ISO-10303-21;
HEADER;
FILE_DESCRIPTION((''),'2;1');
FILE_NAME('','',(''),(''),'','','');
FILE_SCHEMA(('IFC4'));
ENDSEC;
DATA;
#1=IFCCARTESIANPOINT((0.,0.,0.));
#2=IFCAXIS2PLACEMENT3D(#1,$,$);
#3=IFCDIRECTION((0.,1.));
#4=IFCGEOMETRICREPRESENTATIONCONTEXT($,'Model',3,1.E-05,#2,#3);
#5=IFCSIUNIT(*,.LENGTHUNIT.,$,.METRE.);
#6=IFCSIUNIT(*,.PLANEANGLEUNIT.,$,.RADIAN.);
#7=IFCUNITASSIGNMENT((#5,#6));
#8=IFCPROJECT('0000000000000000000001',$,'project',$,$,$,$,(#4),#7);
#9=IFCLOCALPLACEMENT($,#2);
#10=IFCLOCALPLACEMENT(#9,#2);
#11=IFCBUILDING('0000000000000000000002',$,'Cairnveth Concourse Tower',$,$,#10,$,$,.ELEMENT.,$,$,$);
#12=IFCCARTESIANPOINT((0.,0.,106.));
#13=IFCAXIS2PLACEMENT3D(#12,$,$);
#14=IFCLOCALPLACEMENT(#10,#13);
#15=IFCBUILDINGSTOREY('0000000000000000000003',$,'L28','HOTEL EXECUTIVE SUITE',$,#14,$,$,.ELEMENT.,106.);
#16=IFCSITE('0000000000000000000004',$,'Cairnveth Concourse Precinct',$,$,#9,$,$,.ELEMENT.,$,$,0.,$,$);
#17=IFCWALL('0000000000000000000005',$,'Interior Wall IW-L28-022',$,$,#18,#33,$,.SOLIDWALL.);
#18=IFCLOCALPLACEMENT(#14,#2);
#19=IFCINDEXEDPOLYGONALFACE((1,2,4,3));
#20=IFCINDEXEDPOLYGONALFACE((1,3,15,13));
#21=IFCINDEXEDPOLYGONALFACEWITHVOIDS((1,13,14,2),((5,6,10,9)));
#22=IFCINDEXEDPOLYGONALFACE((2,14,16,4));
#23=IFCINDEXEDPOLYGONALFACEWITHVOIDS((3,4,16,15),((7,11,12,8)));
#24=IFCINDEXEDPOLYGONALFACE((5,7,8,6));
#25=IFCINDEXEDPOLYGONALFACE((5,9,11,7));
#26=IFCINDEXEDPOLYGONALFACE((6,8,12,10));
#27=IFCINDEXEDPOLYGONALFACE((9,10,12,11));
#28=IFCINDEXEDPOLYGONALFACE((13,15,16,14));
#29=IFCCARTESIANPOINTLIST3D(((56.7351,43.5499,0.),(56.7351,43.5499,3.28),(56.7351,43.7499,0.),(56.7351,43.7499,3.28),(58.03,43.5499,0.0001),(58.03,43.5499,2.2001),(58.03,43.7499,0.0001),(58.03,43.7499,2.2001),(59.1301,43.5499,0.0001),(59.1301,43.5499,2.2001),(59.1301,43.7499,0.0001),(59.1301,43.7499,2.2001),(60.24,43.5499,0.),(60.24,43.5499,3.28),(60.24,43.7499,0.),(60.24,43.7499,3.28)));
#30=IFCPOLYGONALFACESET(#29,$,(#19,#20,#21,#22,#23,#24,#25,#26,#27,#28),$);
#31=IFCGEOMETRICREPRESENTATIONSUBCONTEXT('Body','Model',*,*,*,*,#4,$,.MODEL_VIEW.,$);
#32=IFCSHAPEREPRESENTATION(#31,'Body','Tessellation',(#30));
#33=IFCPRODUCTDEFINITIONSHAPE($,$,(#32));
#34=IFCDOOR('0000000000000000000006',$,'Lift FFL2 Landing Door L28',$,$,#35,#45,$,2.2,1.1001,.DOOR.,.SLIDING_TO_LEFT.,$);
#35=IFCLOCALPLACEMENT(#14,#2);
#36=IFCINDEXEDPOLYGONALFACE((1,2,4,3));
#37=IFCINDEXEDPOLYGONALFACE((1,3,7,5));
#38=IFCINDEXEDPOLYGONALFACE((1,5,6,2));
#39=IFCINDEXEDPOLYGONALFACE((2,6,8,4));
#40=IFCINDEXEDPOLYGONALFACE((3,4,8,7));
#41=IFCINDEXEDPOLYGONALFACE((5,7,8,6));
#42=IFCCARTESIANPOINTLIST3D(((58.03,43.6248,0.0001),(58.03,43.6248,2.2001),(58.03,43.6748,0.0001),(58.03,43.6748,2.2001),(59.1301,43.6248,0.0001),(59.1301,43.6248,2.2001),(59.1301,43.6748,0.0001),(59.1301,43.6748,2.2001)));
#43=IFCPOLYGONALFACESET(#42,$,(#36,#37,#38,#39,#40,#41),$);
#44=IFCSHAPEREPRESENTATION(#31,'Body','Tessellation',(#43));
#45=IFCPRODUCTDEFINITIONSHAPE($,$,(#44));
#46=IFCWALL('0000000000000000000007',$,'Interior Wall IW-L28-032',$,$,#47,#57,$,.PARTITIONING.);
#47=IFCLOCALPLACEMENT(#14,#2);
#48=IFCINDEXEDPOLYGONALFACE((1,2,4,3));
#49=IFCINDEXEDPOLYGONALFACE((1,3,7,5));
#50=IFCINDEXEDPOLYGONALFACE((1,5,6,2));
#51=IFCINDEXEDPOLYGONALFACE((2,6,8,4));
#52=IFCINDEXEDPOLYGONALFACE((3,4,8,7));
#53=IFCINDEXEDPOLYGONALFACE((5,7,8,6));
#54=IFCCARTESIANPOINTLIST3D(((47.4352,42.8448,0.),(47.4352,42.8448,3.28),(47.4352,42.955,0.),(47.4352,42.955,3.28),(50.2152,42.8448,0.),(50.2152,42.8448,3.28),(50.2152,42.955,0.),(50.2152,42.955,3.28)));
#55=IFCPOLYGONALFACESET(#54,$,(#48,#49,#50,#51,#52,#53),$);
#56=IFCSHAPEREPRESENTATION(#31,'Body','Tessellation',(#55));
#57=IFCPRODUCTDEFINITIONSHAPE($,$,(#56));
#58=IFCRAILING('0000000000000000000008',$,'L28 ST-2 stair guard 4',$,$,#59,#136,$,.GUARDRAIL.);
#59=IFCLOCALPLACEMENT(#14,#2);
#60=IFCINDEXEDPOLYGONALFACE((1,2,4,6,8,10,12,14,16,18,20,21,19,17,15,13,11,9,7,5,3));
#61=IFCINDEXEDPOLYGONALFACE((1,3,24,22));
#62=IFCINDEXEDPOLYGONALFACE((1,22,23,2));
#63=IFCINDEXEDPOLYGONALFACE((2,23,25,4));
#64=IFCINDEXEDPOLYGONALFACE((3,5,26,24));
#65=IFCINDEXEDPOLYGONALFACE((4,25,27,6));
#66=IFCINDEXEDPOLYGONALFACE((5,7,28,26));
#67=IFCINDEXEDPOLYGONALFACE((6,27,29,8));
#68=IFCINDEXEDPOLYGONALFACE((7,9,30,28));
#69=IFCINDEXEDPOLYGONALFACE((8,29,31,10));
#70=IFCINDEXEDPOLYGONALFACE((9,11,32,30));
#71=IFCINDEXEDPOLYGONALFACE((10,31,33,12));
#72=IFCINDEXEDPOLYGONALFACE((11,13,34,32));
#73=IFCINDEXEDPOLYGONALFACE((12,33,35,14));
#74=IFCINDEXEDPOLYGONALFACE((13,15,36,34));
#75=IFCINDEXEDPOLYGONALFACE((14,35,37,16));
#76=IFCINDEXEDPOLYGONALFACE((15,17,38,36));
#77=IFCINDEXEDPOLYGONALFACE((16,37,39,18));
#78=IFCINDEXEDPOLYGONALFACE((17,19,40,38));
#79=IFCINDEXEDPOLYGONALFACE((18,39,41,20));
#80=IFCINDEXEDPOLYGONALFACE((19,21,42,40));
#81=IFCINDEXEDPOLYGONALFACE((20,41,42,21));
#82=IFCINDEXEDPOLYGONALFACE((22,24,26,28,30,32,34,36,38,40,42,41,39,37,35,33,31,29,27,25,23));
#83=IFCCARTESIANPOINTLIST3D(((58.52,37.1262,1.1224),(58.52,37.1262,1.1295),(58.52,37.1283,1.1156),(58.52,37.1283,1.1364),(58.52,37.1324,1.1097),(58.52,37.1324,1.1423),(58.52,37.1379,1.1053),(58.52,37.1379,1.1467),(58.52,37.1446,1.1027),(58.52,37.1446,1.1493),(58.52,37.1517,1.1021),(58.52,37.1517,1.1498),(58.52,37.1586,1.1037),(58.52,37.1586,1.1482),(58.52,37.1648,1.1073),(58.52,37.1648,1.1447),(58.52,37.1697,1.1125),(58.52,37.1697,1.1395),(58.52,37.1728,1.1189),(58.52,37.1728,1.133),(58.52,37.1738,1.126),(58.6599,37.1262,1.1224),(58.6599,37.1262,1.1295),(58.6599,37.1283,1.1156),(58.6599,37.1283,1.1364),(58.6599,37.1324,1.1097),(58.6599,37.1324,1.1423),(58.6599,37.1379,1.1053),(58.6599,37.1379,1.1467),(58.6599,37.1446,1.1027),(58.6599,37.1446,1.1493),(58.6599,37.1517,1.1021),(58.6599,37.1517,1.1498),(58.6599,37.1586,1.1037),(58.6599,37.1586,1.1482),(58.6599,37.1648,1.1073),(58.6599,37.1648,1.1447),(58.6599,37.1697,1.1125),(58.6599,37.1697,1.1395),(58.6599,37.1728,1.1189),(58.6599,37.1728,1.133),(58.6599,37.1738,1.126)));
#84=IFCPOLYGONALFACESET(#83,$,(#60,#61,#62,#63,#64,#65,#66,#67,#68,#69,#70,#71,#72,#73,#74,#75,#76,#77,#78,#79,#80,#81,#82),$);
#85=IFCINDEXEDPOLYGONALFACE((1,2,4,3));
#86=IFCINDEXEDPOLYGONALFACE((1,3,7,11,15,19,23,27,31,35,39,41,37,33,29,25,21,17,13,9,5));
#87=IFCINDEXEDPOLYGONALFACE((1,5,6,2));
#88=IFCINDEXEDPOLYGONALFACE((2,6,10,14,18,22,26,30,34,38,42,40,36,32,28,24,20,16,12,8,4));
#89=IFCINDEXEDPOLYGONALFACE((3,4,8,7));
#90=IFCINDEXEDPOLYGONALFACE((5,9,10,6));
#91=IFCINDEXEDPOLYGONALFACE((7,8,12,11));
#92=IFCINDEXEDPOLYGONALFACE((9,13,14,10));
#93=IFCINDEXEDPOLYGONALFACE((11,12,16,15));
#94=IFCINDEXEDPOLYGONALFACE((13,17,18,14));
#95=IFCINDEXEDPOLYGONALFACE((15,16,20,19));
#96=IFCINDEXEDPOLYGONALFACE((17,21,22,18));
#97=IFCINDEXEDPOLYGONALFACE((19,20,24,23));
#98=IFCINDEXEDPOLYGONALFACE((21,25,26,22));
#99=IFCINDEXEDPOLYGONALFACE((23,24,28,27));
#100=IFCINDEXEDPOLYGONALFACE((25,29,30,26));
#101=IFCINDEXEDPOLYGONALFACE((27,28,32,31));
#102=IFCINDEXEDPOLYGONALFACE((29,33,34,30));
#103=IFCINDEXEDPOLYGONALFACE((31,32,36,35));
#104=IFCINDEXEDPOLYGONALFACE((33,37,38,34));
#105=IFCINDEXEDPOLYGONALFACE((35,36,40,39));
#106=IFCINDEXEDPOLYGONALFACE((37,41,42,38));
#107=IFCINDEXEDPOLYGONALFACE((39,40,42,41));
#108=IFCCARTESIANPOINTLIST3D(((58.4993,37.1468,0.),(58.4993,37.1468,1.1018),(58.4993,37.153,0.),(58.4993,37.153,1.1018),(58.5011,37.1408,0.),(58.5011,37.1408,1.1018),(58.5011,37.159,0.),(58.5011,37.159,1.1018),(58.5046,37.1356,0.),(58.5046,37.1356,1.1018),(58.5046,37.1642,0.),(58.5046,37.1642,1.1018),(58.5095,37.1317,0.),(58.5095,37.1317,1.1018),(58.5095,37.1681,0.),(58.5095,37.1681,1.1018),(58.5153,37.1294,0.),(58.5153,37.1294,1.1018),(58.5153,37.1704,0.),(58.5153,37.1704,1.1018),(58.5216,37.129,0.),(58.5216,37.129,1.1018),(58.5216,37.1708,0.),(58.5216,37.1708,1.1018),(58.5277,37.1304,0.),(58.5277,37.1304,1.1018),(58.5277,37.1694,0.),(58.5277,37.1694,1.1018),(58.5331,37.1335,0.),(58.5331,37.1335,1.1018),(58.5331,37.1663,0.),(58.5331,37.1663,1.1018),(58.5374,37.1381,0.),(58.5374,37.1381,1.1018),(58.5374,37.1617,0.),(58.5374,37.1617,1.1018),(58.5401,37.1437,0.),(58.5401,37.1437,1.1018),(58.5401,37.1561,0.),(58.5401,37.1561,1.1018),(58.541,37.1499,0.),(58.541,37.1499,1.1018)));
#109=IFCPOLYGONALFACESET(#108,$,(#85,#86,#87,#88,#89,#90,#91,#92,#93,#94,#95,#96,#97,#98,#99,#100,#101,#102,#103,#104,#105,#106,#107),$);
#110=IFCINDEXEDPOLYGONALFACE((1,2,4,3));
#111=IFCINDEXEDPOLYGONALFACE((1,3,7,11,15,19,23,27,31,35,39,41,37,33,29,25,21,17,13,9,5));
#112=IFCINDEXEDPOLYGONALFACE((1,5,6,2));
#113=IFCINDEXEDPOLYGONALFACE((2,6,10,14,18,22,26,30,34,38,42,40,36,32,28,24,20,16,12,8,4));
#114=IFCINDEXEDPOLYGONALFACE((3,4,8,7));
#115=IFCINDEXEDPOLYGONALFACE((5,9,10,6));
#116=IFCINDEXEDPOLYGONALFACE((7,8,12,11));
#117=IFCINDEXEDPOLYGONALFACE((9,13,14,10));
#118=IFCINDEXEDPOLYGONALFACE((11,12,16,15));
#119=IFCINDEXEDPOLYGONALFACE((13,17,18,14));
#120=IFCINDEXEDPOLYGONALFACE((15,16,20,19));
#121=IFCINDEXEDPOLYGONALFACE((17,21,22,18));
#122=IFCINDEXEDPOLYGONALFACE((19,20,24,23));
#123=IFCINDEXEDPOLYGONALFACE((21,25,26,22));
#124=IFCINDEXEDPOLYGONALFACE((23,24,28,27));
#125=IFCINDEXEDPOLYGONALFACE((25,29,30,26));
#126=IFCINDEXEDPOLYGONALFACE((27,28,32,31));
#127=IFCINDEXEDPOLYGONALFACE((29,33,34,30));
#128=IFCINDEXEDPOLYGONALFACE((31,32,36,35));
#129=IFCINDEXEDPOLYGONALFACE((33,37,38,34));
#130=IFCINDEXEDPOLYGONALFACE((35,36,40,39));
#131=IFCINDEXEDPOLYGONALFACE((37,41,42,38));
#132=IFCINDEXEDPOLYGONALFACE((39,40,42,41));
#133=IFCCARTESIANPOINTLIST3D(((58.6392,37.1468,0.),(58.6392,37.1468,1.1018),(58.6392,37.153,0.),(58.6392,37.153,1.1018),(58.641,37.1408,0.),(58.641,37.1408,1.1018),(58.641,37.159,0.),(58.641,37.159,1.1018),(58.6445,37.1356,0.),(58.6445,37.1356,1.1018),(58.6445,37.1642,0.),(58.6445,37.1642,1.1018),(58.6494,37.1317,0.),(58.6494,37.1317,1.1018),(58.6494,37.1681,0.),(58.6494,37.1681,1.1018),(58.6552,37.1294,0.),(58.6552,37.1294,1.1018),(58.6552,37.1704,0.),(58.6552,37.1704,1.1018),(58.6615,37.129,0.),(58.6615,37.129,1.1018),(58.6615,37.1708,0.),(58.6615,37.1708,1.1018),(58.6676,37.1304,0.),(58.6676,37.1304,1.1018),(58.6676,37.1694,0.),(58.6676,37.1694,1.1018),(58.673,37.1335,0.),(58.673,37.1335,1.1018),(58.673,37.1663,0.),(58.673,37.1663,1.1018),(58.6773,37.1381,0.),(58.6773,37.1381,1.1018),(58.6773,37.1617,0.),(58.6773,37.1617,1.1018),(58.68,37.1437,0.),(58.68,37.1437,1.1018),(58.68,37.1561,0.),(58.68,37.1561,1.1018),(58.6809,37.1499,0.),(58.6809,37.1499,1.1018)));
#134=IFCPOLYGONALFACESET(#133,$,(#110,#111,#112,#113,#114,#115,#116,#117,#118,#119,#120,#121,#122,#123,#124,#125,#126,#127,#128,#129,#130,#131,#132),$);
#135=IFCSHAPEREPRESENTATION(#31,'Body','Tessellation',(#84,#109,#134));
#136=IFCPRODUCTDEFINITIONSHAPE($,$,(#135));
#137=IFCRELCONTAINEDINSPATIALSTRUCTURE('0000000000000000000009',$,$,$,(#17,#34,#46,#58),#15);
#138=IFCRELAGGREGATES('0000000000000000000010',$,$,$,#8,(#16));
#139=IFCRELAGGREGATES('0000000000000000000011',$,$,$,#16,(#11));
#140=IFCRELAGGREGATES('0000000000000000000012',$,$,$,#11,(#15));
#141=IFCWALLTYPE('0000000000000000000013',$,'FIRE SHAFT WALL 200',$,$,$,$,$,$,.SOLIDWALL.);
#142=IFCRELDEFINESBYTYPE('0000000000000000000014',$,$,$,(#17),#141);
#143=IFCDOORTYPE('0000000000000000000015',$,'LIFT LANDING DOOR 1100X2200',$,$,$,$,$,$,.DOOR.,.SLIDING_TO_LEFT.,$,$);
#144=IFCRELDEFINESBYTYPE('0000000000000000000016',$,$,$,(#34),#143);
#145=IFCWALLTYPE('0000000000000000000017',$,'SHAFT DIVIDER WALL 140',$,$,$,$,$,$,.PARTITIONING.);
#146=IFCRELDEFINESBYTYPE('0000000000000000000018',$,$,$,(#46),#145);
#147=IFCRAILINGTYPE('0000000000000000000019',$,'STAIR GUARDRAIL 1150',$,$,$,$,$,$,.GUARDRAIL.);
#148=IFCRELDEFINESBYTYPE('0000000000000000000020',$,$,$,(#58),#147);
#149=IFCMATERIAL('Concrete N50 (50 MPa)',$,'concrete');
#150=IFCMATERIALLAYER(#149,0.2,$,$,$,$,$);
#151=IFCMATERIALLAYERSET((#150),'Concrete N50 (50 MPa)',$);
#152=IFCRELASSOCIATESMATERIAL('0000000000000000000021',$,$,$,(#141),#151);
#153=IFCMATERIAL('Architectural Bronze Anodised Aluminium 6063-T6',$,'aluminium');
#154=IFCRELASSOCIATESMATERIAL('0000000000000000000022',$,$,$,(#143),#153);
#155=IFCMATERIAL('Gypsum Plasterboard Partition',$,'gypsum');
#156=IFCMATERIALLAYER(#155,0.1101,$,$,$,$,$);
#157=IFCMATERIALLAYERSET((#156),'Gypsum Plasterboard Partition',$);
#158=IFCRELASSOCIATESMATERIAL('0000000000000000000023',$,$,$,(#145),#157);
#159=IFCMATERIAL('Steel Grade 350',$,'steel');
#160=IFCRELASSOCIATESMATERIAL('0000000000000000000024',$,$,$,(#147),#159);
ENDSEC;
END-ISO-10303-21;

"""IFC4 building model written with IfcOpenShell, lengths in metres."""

from ifc_helpers import new_model, si_unit, direction, frame, frame_2d, origin, origin_2d, place, context, subcontext, project, spatial, rectangle, circle, extrude, material, layer, layer_set, type_object, element, fill, save


model = new_model("IFC4")

# Units and contexts
model_context = context("Model", 3, precision=1e-05, world=origin(), true_north=direction((0.0, 1.0)))
body_context = subcontext(model_context, "Body", "Model", "MODEL_VIEW")
ifc_project = project(units=[si_unit("LENGTHUNIT", "METRE"), si_unit("PLANEANGLEUNIT", "RADIAN")], contexts=[model_context])

# Site, building, storey
site_placement = place(None, origin())
site = spatial("IfcSite", under=ifc_project, at=site_placement, Name="Cairnveth Concourse Precinct", CompositionType="ELEMENT", RefElevation=0.0)
building_placement = place(site_placement, origin())
building = spatial("IfcBuilding", under=site, at=building_placement, Name="Cairnveth Concourse Tower", CompositionType="ELEMENT")
storey_placement = place(building_placement, frame((0.0, 0.0, 106.0)))
storey = spatial("IfcBuildingStorey", under=building, at=storey_placement, Name="L28", Description="HOTEL EXECUTIVE SUITE", CompositionType="ELEMENT", Elevation=106.0)

# Shared definitions
ifc_material_1 = material(Name="Concrete N50 (50 MPa)", Category="concrete")

# Shared definitions
ifc_material_2 = material(Name="Steel Grade 350", Category="steel")

# Shared definitions
ifc_layer_1 = layer(ifc_material_1, 0.2)
ifc_layer_set_1 = layer_set([ifc_layer_1], Name="Concrete N50 (50 MPa)")
wall_type_1 = type_object("IfcWallType", Name="FIRE SHAFT WALL 200", PredefinedType="SOLIDWALL", material=ifc_layer_set_1)

# Wall, opening, door
wall_1_placement = place(storey_placement, frame((56.7351, 43.6499, 0.0), z_axis=(0.0, 0.0, 1.0), x_axis=(1.0, 0.0, 0.0)))
wall_1 = element("IfcWall", 1, at=wall_1_placement, inside=storey, type_object=wall_type_1, Name="Interior Wall IW-L28-022", PredefinedType="SOLIDWALL", context=body_context, shape_type="SweptSolid", body=[
    extrude(rectangle(XDim=3.5049, YDim=0.2, at=frame_2d((1.7524, 0.0))), origin(), (0.0, 0.0, 1.0), 3.28),
])
opening_1_placement = place(wall_1_placement, frame((1.2949, 0.0, 0.0)))
opening_1 = element("IfcOpeningElement", 2, at=opening_1_placement, cuts=wall_1, PredefinedType="OPENING", context=body_context, shape_type="SweptSolid", body=[
    extrude(rectangle(XDim=1.1001, YDim=2.2, at=frame_2d((0.55, 1.1001))), frame((0.0, 0.1099, 0.0), z_axis=(0.0, -1.0, 0.0), x_axis=(1.0, 0.0, 0.0)), (0.0, 0.0, 1.0), 0.22),
])
ifc_material_3 = material(Name="Architectural Bronze Anodised Aluminium 6063-T6", Category="aluminium")
door_type_1 = type_object("IfcDoorType", Name="LIFT LANDING DOOR 1100X2200", OperationType="SLIDING_TO_LEFT", PredefinedType="DOOR", material=ifc_material_3)
door_1_placement = place(opening_1_placement, origin())
door_1 = element("IfcDoor", 3, at=door_1_placement, inside=storey, type_object=door_type_1, Name="Lift FFL2 Landing Door L28", OperationType="SLIDING_TO_LEFT", OverallHeight=2.2, OverallWidth=1.1001, PredefinedType="DOOR", context=body_context, shape_type="SweptSolid", body=[
    extrude(rectangle(XDim=1.1001, YDim=2.2, at=frame_2d((0.55, 1.1001))), frame((0.0, 0.0249, 0.0), z_axis=(0.0, -1.0, 0.0), x_axis=(1.0, 0.0, 0.0)), (0.0, 0.0, 1.0), 0.05),
])
fill(opening_1, door_1)

# Wall
ifc_material_4 = material(Name="Gypsum Plasterboard Partition", Category="gypsum")
ifc_layer_2 = layer(ifc_material_4, 0.1101)
ifc_layer_set_2 = layer_set([ifc_layer_2], Name="Gypsum Plasterboard Partition")
wall_type_2 = type_object("IfcWallType", Name="SHAFT DIVIDER WALL 140", PredefinedType="PARTITIONING", material=ifc_layer_set_2)
wall_2_placement = place(storey_placement, frame((47.4351, 42.8999, 0.0), z_axis=(0.0, 0.0, 1.0), x_axis=(1.0, 0.0, 0.0)))
element("IfcWall", 4, at=wall_2_placement, inside=storey, type_object=wall_type_2, Name="Interior Wall IW-L28-032", PredefinedType="PARTITIONING", context=body_context, shape_type="SweptSolid", body=[
    extrude(rectangle(XDim=2.78, YDim=0.1101, at=frame_2d((1.3901, 0.0))), origin(), (0.0, 0.0, 1.0), 3.28),
])

# Railing
railing_type = type_object("IfcRailingType", Name="STAIR GUARDRAIL 1150", PredefinedType="GUARDRAIL", material=ifc_material_2)
railing_placement = place(storey_placement, frame((58.52, 37.1499, 0.0)))
element("IfcRailing", 5, at=railing_placement, inside=storey, type_object=railing_type, Name="L28 ST-2 stair guard 4", PredefinedType="GUARDRAIL", context=body_context, shape_type="SweptSolid", body=[
    extrude(circle(Radius=0.0239, at=origin_2d()), frame((0.0, 0.0, 1.126), z_axis=(1.0, 0.0, 0.0), x_axis=(0.0, 1.0, 0.0)), (0.0, 0.0, 1.0), 0.1399),
    extrude(circle(Radius=0.021, at=origin_2d()), origin(), (0.0, 0.0, 1.0), 1.1018),
    extrude(circle(Radius=0.021, at=origin_2d()), frame((0.1399, 0.0, 0.0)), (0.0, 0.0, 1.0), 1.1018),
])

save(model, "model.ifc")
